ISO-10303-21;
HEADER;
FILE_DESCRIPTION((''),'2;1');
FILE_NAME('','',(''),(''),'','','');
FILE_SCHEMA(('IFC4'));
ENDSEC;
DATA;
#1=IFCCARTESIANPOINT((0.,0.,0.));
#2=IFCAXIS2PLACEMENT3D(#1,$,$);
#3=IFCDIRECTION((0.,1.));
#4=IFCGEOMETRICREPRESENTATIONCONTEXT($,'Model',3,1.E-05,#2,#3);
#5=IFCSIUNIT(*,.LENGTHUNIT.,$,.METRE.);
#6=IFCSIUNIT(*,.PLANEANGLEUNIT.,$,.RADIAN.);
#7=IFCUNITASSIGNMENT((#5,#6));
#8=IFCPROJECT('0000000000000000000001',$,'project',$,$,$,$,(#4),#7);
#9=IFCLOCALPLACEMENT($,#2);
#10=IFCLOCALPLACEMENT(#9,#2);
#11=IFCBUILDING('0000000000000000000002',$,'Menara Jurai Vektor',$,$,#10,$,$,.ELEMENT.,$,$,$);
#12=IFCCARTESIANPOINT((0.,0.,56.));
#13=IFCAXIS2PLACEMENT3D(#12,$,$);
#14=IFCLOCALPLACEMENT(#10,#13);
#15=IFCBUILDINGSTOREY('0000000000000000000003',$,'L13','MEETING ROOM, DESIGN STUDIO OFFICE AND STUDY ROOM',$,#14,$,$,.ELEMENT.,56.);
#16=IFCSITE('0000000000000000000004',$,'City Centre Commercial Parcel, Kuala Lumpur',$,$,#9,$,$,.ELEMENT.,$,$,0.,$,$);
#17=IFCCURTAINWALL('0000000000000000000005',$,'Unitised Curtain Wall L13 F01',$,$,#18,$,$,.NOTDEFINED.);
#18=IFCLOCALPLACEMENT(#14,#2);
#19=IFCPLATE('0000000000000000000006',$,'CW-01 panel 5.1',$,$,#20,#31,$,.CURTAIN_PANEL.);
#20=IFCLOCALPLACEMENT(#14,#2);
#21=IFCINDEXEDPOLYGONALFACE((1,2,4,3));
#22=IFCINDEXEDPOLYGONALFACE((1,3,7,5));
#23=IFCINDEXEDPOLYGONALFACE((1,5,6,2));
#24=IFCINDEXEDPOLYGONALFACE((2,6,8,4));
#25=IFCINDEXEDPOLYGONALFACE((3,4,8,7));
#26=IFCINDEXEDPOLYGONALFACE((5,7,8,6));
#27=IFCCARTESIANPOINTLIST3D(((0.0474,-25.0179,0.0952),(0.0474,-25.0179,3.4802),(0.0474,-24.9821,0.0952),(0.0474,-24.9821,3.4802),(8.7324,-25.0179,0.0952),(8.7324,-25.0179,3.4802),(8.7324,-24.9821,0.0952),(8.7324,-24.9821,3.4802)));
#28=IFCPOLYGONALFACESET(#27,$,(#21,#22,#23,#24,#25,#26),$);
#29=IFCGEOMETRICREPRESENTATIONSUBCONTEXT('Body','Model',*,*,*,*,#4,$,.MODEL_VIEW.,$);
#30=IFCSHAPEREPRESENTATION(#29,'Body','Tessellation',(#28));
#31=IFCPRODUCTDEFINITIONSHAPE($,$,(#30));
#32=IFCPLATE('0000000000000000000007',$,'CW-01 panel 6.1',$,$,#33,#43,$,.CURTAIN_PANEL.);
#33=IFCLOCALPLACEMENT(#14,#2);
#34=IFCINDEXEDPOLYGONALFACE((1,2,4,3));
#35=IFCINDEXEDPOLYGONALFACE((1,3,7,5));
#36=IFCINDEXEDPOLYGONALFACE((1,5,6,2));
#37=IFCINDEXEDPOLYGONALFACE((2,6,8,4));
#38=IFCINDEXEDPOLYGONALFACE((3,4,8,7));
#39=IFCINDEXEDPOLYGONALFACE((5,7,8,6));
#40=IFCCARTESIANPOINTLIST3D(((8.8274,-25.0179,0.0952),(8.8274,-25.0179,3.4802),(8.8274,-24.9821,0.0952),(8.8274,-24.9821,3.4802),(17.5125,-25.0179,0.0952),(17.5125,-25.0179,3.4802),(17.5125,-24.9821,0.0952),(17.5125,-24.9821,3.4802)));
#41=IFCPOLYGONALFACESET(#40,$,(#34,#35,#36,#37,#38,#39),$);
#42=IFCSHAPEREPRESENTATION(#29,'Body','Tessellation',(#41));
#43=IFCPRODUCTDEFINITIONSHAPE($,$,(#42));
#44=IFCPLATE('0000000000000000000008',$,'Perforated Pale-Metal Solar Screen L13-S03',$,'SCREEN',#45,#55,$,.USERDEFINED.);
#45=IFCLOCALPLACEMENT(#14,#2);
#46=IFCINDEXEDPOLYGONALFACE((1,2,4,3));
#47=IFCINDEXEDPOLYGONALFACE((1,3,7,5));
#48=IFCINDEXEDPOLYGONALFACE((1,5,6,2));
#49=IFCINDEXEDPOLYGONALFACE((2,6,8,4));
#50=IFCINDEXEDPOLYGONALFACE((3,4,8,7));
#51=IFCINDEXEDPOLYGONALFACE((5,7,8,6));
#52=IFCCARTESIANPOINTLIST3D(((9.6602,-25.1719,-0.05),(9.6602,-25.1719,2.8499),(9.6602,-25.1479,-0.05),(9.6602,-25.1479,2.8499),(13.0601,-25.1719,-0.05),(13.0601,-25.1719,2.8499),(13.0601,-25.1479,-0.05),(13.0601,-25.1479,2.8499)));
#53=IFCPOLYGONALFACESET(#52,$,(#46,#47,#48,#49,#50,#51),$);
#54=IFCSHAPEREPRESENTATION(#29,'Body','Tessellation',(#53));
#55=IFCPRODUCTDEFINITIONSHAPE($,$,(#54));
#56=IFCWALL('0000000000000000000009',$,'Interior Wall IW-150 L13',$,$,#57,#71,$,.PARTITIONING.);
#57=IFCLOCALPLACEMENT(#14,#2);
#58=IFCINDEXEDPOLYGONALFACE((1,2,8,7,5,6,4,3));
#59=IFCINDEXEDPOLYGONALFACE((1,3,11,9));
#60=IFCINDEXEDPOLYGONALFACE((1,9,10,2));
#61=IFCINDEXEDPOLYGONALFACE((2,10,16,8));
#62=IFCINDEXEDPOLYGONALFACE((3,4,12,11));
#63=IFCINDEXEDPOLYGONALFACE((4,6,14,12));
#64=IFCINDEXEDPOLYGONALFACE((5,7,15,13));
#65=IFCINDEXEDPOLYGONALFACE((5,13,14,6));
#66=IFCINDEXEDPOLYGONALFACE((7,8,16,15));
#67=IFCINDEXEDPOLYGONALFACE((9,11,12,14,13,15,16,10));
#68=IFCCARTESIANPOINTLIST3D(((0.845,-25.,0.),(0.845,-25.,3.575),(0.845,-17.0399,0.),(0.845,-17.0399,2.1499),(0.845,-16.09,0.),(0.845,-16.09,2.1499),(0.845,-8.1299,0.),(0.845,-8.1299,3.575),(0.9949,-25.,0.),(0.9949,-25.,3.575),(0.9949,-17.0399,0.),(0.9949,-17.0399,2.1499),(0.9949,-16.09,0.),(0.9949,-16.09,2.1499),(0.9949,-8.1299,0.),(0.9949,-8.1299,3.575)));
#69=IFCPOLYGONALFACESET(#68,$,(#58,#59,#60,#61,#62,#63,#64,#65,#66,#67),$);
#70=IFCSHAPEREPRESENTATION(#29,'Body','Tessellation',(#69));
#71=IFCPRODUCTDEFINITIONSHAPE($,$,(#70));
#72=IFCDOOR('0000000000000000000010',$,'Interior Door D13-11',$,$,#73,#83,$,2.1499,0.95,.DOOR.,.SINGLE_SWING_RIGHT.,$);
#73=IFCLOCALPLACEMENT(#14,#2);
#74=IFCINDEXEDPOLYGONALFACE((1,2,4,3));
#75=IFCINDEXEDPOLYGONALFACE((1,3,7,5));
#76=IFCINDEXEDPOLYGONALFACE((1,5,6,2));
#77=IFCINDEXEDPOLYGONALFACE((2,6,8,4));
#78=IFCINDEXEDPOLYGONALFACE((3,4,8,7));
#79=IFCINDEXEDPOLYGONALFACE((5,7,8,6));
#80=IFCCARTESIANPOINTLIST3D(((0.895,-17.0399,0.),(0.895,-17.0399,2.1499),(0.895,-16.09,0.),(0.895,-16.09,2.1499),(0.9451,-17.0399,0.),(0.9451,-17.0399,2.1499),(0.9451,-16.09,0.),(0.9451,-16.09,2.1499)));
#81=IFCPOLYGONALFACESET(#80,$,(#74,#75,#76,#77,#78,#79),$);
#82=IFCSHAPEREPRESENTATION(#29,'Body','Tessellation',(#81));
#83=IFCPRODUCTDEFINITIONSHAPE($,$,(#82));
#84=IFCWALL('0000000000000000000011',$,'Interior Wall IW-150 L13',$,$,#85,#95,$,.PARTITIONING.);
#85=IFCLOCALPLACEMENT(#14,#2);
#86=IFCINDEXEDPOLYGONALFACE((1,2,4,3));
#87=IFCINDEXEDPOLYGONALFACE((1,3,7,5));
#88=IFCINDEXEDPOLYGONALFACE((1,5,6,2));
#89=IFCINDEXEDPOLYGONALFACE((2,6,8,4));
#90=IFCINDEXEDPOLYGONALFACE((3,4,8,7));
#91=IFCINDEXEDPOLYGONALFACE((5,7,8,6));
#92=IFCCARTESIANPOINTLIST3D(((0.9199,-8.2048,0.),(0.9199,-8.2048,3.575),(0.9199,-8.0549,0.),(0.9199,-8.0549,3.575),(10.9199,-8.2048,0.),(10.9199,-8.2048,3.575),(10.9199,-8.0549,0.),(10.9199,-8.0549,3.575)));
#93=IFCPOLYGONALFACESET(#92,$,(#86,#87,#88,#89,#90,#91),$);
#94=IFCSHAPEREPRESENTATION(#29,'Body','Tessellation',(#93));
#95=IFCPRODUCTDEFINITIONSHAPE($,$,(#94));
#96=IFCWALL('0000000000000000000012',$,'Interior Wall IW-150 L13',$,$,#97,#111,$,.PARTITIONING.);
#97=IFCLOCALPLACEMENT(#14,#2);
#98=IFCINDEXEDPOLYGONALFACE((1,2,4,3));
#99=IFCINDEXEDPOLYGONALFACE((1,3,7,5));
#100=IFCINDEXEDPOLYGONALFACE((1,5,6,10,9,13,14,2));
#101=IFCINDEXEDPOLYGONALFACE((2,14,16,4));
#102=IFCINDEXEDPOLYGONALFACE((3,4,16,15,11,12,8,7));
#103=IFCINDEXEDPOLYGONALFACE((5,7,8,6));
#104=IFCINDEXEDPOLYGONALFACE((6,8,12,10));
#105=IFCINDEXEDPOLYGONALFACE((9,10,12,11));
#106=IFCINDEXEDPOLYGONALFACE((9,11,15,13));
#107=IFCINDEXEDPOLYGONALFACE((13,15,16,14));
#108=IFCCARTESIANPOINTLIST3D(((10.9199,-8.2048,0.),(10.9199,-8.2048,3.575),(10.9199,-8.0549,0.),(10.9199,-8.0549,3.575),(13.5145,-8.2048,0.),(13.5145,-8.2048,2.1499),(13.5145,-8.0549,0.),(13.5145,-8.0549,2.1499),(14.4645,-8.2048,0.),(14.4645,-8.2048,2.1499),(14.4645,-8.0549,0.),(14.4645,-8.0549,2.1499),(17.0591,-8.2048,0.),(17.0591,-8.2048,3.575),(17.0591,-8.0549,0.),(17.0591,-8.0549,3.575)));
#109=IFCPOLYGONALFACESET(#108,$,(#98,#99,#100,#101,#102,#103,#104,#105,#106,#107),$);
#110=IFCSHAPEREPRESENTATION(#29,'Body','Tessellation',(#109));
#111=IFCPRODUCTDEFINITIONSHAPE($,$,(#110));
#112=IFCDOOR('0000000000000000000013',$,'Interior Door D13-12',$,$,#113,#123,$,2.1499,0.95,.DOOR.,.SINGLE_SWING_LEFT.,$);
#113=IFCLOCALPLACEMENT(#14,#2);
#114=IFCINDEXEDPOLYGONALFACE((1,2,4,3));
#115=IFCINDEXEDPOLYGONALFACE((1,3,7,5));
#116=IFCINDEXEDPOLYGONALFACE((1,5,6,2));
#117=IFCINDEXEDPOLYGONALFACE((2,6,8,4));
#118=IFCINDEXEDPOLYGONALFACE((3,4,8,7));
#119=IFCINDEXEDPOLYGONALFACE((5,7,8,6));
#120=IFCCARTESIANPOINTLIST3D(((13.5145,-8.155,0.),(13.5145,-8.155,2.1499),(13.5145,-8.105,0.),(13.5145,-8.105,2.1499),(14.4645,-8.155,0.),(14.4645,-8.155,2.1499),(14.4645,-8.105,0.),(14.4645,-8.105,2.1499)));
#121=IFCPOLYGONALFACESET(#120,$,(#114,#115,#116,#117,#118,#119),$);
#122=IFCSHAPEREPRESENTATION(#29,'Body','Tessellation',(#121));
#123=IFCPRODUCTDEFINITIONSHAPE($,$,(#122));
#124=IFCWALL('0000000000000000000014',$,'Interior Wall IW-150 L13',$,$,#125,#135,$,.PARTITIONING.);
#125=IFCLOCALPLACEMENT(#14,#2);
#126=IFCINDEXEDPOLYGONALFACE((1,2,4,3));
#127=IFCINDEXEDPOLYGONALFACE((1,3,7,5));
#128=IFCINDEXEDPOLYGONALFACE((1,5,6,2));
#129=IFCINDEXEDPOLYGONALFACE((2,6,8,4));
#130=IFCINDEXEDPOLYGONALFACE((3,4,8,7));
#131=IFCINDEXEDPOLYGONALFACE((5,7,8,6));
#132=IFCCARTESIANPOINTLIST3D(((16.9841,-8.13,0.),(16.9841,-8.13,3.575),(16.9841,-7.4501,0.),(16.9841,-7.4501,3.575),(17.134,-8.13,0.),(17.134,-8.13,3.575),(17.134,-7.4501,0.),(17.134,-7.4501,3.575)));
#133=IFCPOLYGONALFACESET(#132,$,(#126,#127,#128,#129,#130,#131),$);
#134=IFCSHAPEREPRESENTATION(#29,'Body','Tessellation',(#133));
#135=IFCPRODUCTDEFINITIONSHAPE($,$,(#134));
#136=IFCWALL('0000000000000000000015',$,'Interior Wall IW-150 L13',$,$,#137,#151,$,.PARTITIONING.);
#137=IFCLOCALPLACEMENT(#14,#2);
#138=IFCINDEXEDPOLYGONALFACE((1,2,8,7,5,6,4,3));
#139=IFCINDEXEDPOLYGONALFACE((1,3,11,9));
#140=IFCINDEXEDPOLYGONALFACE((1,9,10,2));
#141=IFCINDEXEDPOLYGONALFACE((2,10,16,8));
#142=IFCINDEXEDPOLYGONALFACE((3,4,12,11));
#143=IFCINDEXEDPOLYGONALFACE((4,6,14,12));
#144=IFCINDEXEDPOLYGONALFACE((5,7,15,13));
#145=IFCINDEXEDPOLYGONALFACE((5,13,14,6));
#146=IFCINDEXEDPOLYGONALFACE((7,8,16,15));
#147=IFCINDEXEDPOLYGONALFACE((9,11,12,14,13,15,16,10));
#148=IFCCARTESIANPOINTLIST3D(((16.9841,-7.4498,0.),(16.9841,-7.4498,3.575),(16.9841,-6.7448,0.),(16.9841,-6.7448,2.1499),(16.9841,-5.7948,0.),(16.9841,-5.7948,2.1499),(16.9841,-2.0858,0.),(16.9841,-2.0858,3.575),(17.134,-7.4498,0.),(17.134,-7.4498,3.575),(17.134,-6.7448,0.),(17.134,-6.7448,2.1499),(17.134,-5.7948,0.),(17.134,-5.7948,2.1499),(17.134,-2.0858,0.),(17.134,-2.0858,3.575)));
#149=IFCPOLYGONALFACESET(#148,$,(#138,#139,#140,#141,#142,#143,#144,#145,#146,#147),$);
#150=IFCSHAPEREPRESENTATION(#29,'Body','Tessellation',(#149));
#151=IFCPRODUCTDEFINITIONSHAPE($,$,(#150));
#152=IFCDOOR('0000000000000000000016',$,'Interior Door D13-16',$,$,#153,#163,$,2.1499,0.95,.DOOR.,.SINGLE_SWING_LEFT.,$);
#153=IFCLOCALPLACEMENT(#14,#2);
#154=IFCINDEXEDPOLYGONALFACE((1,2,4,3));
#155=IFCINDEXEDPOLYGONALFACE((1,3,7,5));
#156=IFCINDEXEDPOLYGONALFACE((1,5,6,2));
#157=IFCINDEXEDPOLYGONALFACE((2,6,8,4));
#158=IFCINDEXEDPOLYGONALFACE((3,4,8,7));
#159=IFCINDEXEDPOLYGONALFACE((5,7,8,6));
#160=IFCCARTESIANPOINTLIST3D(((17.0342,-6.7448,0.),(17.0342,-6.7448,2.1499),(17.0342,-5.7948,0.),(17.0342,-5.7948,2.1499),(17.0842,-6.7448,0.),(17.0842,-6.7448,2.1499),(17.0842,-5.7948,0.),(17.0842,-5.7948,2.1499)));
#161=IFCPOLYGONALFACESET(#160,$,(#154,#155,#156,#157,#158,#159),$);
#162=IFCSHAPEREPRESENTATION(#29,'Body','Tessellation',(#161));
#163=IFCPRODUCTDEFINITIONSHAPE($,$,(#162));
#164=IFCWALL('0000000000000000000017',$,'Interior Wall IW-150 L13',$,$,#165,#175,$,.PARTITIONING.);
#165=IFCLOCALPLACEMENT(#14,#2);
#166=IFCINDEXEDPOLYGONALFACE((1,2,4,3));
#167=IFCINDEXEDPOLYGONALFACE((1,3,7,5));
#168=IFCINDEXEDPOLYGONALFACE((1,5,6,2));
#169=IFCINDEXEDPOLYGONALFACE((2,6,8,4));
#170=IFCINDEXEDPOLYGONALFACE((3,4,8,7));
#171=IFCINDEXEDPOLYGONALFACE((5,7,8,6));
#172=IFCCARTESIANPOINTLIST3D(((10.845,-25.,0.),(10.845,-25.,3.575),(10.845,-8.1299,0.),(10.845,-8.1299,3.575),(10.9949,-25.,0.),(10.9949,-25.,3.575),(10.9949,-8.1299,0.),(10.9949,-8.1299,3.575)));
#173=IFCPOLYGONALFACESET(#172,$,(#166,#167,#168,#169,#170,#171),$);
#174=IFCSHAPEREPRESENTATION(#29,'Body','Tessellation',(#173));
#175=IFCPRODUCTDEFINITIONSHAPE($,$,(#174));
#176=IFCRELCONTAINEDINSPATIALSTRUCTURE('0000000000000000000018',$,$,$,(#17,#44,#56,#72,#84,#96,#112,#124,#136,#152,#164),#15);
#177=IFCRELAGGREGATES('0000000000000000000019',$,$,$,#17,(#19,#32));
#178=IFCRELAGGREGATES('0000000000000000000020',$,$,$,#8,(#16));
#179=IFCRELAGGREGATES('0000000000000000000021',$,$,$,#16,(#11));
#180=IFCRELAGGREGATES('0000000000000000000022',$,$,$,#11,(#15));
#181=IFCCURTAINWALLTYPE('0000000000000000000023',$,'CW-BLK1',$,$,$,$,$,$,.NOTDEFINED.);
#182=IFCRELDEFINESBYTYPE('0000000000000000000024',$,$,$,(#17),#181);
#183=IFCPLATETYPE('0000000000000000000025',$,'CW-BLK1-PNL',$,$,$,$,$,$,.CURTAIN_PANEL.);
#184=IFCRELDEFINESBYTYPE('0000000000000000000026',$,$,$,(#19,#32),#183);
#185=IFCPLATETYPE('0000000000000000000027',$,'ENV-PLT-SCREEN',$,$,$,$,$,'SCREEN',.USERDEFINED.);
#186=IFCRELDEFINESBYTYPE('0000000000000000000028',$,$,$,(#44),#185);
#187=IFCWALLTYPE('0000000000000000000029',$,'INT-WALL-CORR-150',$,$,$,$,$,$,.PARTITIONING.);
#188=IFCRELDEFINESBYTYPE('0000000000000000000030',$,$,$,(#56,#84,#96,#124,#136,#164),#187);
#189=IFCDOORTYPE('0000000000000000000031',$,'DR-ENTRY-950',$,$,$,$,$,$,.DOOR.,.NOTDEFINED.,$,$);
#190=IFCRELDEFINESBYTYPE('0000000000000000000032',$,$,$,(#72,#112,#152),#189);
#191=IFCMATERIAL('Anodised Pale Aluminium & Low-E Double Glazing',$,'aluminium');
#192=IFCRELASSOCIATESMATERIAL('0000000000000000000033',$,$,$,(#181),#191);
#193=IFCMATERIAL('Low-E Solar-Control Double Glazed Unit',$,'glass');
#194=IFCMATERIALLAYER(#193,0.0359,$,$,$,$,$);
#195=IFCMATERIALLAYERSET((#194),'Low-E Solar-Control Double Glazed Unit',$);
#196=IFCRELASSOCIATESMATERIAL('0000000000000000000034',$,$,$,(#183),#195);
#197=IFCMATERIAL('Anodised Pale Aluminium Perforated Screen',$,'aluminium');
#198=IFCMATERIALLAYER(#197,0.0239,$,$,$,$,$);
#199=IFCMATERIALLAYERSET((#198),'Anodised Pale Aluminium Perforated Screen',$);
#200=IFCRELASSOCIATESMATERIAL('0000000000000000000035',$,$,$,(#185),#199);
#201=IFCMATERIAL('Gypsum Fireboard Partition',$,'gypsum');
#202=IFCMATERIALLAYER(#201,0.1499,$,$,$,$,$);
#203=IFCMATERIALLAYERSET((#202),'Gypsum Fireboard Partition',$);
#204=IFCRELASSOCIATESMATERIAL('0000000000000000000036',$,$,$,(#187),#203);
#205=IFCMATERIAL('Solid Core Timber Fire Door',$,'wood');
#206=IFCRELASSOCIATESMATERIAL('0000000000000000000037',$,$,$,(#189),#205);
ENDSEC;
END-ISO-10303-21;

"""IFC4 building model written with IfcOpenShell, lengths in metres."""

from ifc_helpers import new_model, si_unit, direction, frame, frame_2d, origin, origin_2d, place, context, subcontext, project, spatial, rectangle, extrude, material, layer, layer_set, type_object, element, fill, aggregate, save


model = new_model("IFC4")

# Units and contexts
model_context = context("Model", 3, precision=1e-05, world=origin(), true_north=direction((0.0, 1.0)))
body_context = subcontext(model_context, "Body", "Model", "MODEL_VIEW")
ifc_project = project(units=[si_unit("LENGTHUNIT", "METRE"), si_unit("PLANEANGLEUNIT", "RADIAN")], contexts=[model_context])

# Site, building, storey
site_placement = place(None, origin())
site = spatial("IfcSite", under=ifc_project, at=site_placement, Name="City Centre Commercial Parcel, Kuala Lumpur", CompositionType="ELEMENT", RefElevation=0.0)
building_placement = place(site_placement, origin())
building = spatial("IfcBuilding", under=site, at=building_placement, Name="Menara Jurai Vektor", CompositionType="ELEMENT")
storey_placement = place(building_placement, frame((0.0, 0.0, 56.0)))
storey = spatial("IfcBuildingStorey", under=building, at=storey_placement, Name="L13", Description="MEETING ROOM, DESIGN STUDIO OFFICE AND STUDY ROOM", CompositionType="ELEMENT", Elevation=56.0)

# Curtain wall
ifc_material_1 = material(Name="Anodised Pale Aluminium & Low-E Double Glazing", Category="aluminium")
curtain_wall_type = type_object("IfcCurtainWallType", Name="CW-BLK1", PredefinedType="NOTDEFINED", material=ifc_material_1)
curtain_wall_placement = place(storey_placement, origin())
curtain_wall = element("IfcCurtainWall", 1, at=curtain_wall_placement, inside=storey, type_object=curtain_wall_type, Name="Unitised Curtain Wall L13 F01", PredefinedType="NOTDEFINED")

# Plates
ifc_material_2 = material(Name="Low-E Solar-Control Double Glazed Unit", Category="glass")
ifc_layer_1 = layer(ifc_material_2, 0.0359)
ifc_layer_set_1 = layer_set([ifc_layer_1], Name="Low-E Solar-Control Double Glazed Unit")
plate_type_1 = type_object("IfcPlateType", Name="CW-BLK1-PNL", PredefinedType="CURTAIN_PANEL", material=ifc_layer_set_1)
plate_1_placement = place(storey_placement, frame((4.3899, -25.0, 0.0952), z_axis=(0.0, 0.0, 1.0), x_axis=(1.0, 0.0, 0.0)))
plate_1 = element("IfcPlate", 2, at=plate_1_placement, type_object=plate_type_1, Name="CW-01 panel 5.1", PredefinedType="CURTAIN_PANEL", context=body_context, shape_type="SweptSolid", body=[
    extrude(rectangle(XDim=8.6851, YDim=0.0359, at=origin_2d()), origin(), (0.0, 0.0, 1.0), 3.385),
])
plate_2_placement = place(storey_placement, frame((13.1699, -25.0, 0.0952), z_axis=(0.0, 0.0, 1.0), x_axis=(1.0, 0.0, 0.0)))
plate_2 = element("IfcPlate", 3, at=plate_2_placement, type_object=plate_type_1, Name="CW-01 panel 6.1", PredefinedType="CURTAIN_PANEL", context=body_context, shape_type="SweptSolid", body=[
    extrude(rectangle(XDim=8.6851, YDim=0.0359, at=origin_2d()), origin(), (0.0, 0.0, 1.0), 3.385),
])
aggregate(curtain_wall, [plate_1, plate_2])
ifc_material_3 = material(Name="Anodised Pale Aluminium Perforated Screen", Category="aluminium")
ifc_layer_2 = layer(ifc_material_3, 0.0239)
ifc_layer_set_2 = layer_set([ifc_layer_2], Name="Anodised Pale Aluminium Perforated Screen")
plate_type_2 = type_object("IfcPlateType", Name="ENV-PLT-SCREEN", ElementType="SCREEN", PredefinedType="USERDEFINED", material=ifc_layer_set_2)
plate_3_placement = place(storey_placement, frame((11.3601, -25.1599, -0.05), z_axis=(0.0, 0.0, 1.0), x_axis=(1.0, 0.0, 0.0)))
element("IfcPlate", 4, at=plate_3_placement, inside=storey, type_object=plate_type_2, Name="Perforated Pale-Metal Solar Screen L13-S03", ObjectType="SCREEN", PredefinedType="USERDEFINED", context=body_context, shape_type="SweptSolid", body=[
    extrude(rectangle(XDim=3.3999, YDim=0.0239, at=origin_2d()), origin(), (0.0, 0.0, 1.0), 2.8999),
])

# Wall, opening, door
ifc_material_4 = material(Name="Gypsum Fireboard Partition", Category="gypsum")
ifc_layer_3 = layer(ifc_material_4, 0.1499)
ifc_layer_set_3 = layer_set([ifc_layer_3], Name="Gypsum Fireboard Partition")
wall_type_1 = type_object("IfcWallType", Name="INT-WALL-CORR-150", PredefinedType="PARTITIONING", material=ifc_layer_set_3)
wall_1_placement = place(storey_placement, frame((0.9199, -25.0, 0.0), z_axis=(0.0, 0.0, 1.0), x_axis=(0.0, 1.0, 0.0)))
wall_1 = element("IfcWall", 5, at=wall_1_placement, inside=storey, type_object=wall_type_1, Name="Interior Wall IW-150 L13", PredefinedType="PARTITIONING", context=body_context, shape_type="SweptSolid", body=[
    extrude(rectangle(XDim=16.8701, YDim=0.1499, at=frame_2d((8.4351, 0.0))), origin(), (0.0, 0.0, 1.0), 3.575),
])
opening_1_placement = place(wall_1_placement, frame((7.96, 0.0, 0.0)))
opening_1 = element("IfcOpeningElement", 6, at=opening_1_placement, cuts=wall_1, PredefinedType="OPENING", context=body_context, shape_type="SweptSolid", body=[
    extrude(rectangle(XDim=0.95, YDim=2.1499, at=frame_2d((0.4751, 1.075))), frame((0.0, 0.085, 0.0), z_axis=(0.0, -1.0, 0.0), x_axis=(1.0, 0.0, 0.0)), (0.0, 0.0, 1.0), 0.1699),
])
ifc_material_5 = material(Name="Solid Core Timber Fire Door", Category="wood")
door_type = type_object("IfcDoorType", Name="DR-ENTRY-950", OperationType="NOTDEFINED", PredefinedType="DOOR", material=ifc_material_5)
door_1_placement = place(opening_1_placement, origin())
door_1 = element("IfcDoor", 7, at=door_1_placement, inside=storey, type_object=door_type, Name="Interior Door D13-11", OperationType="SINGLE_SWING_RIGHT", OverallHeight=2.1499, OverallWidth=0.95, PredefinedType="DOOR", context=body_context, shape_type="SweptSolid", body=[
    extrude(rectangle(XDim=0.95, YDim=2.1499, at=frame_2d((0.4751, 1.075))), frame((0.0, 0.0249, 0.0), z_axis=(0.0, -1.0, 0.0), x_axis=(1.0, 0.0, 0.0)), (0.0, 0.0, 1.0), 0.05),
])
fill(opening_1, door_1)

# Wall
wall_2_placement = place(storey_placement, frame((0.9199, -8.1299, 0.0), z_axis=(0.0, 0.0, 1.0), x_axis=(1.0, 0.0, 0.0)))
element("IfcWall", 8, at=wall_2_placement, inside=storey, type_object=wall_type_1, Name="Interior Wall IW-150 L13", PredefinedType="PARTITIONING", context=body_context, shape_type="SweptSolid", body=[
    extrude(rectangle(XDim=10.0, YDim=0.1499, at=frame_2d((5.0, 0.0))), origin(), (0.0, 0.0, 1.0), 3.575),
])

# Wall, opening, door
wall_3_placement = place(storey_placement, frame((10.9199, -8.1299, 0.0), z_axis=(0.0, 0.0, 1.0), x_axis=(1.0, 0.0, 0.0)))
wall_3 = element("IfcWall", 9, at=wall_3_placement, inside=storey, type_object=wall_type_1, Name="Interior Wall IW-150 L13", PredefinedType="PARTITIONING", context=body_context, shape_type="SweptSolid", body=[
    extrude(rectangle(XDim=6.1392, YDim=0.1499, at=frame_2d((3.0696, 0.0))), origin(), (0.0, 0.0, 1.0), 3.575),
])
opening_2_placement = place(wall_3_placement, frame((2.5945, 0.0, 0.0)))
opening_2 = element("IfcOpeningElement", 10, at=opening_2_placement, cuts=wall_3, PredefinedType="OPENING", context=body_context, shape_type="SweptSolid", body=[
    extrude(rectangle(XDim=0.95, YDim=2.1499, at=frame_2d((0.4751, 1.075))), frame((0.0, 0.085, 0.0), z_axis=(0.0, -1.0, 0.0), x_axis=(1.0, 0.0, 0.0)), (0.0, 0.0, 1.0), 0.1699),
])
door_2_placement = place(opening_2_placement, origin())
door_2 = element("IfcDoor", 11, at=door_2_placement, inside=storey, type_object=door_type, Name="Interior Door D13-12", OperationType="SINGLE_SWING_LEFT", OverallHeight=2.1499, OverallWidth=0.95, PredefinedType="DOOR", context=body_context, shape_type="SweptSolid", body=[
    extrude(rectangle(XDim=0.95, YDim=2.1499, at=frame_2d((0.4751, 1.075))), frame((0.0, 0.0249, 0.0), z_axis=(0.0, -1.0, 0.0), x_axis=(1.0, 0.0, 0.0)), (0.0, 0.0, 1.0), 0.05),
])
fill(opening_2, door_2)

# Wall
wall_4_placement = place(storey_placement, frame((17.0591, -8.1299, 0.0), z_axis=(0.0, 0.0, 1.0), x_axis=(0.0, 1.0, 0.0)))
element("IfcWall", 12, at=wall_4_placement, inside=storey, type_object=wall_type_1, Name="Interior Wall IW-150 L13", PredefinedType="PARTITIONING", context=body_context, shape_type="SweptSolid", body=[
    extrude(rectangle(XDim=0.6799, YDim=0.1499, at=frame_2d((0.3398, 0.0))), origin(), (0.0, 0.0, 1.0), 3.575),
])

# Wall, opening, door
wall_5_placement = place(storey_placement, frame((17.0591, -7.45, 0.0), z_axis=(0.0, 0.0, 1.0), x_axis=(0.0, 1.0, 0.0)))
wall_5 = element("IfcWall", 13, at=wall_5_placement, inside=storey, type_object=wall_type_1, Name="Interior Wall IW-150 L13", PredefinedType="PARTITIONING", context=body_context, shape_type="SweptSolid", body=[
    extrude(rectangle(XDim=5.364, YDim=0.1499, at=frame_2d((2.6821, 0.0))), origin(), (0.0, 0.0, 1.0), 3.575),
])
opening_3_placement = place(wall_5_placement, frame((0.7051, 0.0, 0.0)))
opening_3 = element("IfcOpeningElement", 14, at=opening_3_placement, cuts=wall_5, PredefinedType="OPENING", context=body_context, shape_type="SweptSolid", body=[
    extrude(rectangle(XDim=0.95, YDim=2.1499, at=frame_2d((0.4751, 1.075))), frame((0.0, 0.085, 0.0), z_axis=(0.0, -1.0, 0.0), x_axis=(1.0, 0.0, 0.0)), (0.0, 0.0, 1.0), 0.1699),
])
door_3_placement = place(opening_3_placement, origin())
door_3 = element("IfcDoor", 15, at=door_3_placement, inside=storey, type_object=door_type, Name="Interior Door D13-16", OperationType="SINGLE_SWING_LEFT", OverallHeight=2.1499, OverallWidth=0.95, PredefinedType="DOOR", context=body_context, shape_type="SweptSolid", body=[
    extrude(rectangle(XDim=0.95, YDim=2.1499, at=frame_2d((0.4751, 1.075))), frame((0.0, 0.0249, 0.0), z_axis=(0.0, -1.0, 0.0), x_axis=(1.0, 0.0, 0.0)), (0.0, 0.0, 1.0), 0.05),
])
fill(opening_3, door_3)

# Wall
wall_6_placement = place(storey_placement, frame((10.9199, -25.0, 0.0), z_axis=(0.0, 0.0, 1.0), x_axis=(0.0, 1.0, 0.0)))
element("IfcWall", 16, at=wall_6_placement, inside=storey, type_object=wall_type_1, Name="Interior Wall IW-150 L13", PredefinedType="PARTITIONING", context=body_context, shape_type="SweptSolid", body=[
    extrude(rectangle(XDim=16.8701, YDim=0.1499, at=frame_2d((8.4351, 0.0))), origin(), (0.0, 0.0, 1.0), 3.575),
])

save(model, "model.ifc")
